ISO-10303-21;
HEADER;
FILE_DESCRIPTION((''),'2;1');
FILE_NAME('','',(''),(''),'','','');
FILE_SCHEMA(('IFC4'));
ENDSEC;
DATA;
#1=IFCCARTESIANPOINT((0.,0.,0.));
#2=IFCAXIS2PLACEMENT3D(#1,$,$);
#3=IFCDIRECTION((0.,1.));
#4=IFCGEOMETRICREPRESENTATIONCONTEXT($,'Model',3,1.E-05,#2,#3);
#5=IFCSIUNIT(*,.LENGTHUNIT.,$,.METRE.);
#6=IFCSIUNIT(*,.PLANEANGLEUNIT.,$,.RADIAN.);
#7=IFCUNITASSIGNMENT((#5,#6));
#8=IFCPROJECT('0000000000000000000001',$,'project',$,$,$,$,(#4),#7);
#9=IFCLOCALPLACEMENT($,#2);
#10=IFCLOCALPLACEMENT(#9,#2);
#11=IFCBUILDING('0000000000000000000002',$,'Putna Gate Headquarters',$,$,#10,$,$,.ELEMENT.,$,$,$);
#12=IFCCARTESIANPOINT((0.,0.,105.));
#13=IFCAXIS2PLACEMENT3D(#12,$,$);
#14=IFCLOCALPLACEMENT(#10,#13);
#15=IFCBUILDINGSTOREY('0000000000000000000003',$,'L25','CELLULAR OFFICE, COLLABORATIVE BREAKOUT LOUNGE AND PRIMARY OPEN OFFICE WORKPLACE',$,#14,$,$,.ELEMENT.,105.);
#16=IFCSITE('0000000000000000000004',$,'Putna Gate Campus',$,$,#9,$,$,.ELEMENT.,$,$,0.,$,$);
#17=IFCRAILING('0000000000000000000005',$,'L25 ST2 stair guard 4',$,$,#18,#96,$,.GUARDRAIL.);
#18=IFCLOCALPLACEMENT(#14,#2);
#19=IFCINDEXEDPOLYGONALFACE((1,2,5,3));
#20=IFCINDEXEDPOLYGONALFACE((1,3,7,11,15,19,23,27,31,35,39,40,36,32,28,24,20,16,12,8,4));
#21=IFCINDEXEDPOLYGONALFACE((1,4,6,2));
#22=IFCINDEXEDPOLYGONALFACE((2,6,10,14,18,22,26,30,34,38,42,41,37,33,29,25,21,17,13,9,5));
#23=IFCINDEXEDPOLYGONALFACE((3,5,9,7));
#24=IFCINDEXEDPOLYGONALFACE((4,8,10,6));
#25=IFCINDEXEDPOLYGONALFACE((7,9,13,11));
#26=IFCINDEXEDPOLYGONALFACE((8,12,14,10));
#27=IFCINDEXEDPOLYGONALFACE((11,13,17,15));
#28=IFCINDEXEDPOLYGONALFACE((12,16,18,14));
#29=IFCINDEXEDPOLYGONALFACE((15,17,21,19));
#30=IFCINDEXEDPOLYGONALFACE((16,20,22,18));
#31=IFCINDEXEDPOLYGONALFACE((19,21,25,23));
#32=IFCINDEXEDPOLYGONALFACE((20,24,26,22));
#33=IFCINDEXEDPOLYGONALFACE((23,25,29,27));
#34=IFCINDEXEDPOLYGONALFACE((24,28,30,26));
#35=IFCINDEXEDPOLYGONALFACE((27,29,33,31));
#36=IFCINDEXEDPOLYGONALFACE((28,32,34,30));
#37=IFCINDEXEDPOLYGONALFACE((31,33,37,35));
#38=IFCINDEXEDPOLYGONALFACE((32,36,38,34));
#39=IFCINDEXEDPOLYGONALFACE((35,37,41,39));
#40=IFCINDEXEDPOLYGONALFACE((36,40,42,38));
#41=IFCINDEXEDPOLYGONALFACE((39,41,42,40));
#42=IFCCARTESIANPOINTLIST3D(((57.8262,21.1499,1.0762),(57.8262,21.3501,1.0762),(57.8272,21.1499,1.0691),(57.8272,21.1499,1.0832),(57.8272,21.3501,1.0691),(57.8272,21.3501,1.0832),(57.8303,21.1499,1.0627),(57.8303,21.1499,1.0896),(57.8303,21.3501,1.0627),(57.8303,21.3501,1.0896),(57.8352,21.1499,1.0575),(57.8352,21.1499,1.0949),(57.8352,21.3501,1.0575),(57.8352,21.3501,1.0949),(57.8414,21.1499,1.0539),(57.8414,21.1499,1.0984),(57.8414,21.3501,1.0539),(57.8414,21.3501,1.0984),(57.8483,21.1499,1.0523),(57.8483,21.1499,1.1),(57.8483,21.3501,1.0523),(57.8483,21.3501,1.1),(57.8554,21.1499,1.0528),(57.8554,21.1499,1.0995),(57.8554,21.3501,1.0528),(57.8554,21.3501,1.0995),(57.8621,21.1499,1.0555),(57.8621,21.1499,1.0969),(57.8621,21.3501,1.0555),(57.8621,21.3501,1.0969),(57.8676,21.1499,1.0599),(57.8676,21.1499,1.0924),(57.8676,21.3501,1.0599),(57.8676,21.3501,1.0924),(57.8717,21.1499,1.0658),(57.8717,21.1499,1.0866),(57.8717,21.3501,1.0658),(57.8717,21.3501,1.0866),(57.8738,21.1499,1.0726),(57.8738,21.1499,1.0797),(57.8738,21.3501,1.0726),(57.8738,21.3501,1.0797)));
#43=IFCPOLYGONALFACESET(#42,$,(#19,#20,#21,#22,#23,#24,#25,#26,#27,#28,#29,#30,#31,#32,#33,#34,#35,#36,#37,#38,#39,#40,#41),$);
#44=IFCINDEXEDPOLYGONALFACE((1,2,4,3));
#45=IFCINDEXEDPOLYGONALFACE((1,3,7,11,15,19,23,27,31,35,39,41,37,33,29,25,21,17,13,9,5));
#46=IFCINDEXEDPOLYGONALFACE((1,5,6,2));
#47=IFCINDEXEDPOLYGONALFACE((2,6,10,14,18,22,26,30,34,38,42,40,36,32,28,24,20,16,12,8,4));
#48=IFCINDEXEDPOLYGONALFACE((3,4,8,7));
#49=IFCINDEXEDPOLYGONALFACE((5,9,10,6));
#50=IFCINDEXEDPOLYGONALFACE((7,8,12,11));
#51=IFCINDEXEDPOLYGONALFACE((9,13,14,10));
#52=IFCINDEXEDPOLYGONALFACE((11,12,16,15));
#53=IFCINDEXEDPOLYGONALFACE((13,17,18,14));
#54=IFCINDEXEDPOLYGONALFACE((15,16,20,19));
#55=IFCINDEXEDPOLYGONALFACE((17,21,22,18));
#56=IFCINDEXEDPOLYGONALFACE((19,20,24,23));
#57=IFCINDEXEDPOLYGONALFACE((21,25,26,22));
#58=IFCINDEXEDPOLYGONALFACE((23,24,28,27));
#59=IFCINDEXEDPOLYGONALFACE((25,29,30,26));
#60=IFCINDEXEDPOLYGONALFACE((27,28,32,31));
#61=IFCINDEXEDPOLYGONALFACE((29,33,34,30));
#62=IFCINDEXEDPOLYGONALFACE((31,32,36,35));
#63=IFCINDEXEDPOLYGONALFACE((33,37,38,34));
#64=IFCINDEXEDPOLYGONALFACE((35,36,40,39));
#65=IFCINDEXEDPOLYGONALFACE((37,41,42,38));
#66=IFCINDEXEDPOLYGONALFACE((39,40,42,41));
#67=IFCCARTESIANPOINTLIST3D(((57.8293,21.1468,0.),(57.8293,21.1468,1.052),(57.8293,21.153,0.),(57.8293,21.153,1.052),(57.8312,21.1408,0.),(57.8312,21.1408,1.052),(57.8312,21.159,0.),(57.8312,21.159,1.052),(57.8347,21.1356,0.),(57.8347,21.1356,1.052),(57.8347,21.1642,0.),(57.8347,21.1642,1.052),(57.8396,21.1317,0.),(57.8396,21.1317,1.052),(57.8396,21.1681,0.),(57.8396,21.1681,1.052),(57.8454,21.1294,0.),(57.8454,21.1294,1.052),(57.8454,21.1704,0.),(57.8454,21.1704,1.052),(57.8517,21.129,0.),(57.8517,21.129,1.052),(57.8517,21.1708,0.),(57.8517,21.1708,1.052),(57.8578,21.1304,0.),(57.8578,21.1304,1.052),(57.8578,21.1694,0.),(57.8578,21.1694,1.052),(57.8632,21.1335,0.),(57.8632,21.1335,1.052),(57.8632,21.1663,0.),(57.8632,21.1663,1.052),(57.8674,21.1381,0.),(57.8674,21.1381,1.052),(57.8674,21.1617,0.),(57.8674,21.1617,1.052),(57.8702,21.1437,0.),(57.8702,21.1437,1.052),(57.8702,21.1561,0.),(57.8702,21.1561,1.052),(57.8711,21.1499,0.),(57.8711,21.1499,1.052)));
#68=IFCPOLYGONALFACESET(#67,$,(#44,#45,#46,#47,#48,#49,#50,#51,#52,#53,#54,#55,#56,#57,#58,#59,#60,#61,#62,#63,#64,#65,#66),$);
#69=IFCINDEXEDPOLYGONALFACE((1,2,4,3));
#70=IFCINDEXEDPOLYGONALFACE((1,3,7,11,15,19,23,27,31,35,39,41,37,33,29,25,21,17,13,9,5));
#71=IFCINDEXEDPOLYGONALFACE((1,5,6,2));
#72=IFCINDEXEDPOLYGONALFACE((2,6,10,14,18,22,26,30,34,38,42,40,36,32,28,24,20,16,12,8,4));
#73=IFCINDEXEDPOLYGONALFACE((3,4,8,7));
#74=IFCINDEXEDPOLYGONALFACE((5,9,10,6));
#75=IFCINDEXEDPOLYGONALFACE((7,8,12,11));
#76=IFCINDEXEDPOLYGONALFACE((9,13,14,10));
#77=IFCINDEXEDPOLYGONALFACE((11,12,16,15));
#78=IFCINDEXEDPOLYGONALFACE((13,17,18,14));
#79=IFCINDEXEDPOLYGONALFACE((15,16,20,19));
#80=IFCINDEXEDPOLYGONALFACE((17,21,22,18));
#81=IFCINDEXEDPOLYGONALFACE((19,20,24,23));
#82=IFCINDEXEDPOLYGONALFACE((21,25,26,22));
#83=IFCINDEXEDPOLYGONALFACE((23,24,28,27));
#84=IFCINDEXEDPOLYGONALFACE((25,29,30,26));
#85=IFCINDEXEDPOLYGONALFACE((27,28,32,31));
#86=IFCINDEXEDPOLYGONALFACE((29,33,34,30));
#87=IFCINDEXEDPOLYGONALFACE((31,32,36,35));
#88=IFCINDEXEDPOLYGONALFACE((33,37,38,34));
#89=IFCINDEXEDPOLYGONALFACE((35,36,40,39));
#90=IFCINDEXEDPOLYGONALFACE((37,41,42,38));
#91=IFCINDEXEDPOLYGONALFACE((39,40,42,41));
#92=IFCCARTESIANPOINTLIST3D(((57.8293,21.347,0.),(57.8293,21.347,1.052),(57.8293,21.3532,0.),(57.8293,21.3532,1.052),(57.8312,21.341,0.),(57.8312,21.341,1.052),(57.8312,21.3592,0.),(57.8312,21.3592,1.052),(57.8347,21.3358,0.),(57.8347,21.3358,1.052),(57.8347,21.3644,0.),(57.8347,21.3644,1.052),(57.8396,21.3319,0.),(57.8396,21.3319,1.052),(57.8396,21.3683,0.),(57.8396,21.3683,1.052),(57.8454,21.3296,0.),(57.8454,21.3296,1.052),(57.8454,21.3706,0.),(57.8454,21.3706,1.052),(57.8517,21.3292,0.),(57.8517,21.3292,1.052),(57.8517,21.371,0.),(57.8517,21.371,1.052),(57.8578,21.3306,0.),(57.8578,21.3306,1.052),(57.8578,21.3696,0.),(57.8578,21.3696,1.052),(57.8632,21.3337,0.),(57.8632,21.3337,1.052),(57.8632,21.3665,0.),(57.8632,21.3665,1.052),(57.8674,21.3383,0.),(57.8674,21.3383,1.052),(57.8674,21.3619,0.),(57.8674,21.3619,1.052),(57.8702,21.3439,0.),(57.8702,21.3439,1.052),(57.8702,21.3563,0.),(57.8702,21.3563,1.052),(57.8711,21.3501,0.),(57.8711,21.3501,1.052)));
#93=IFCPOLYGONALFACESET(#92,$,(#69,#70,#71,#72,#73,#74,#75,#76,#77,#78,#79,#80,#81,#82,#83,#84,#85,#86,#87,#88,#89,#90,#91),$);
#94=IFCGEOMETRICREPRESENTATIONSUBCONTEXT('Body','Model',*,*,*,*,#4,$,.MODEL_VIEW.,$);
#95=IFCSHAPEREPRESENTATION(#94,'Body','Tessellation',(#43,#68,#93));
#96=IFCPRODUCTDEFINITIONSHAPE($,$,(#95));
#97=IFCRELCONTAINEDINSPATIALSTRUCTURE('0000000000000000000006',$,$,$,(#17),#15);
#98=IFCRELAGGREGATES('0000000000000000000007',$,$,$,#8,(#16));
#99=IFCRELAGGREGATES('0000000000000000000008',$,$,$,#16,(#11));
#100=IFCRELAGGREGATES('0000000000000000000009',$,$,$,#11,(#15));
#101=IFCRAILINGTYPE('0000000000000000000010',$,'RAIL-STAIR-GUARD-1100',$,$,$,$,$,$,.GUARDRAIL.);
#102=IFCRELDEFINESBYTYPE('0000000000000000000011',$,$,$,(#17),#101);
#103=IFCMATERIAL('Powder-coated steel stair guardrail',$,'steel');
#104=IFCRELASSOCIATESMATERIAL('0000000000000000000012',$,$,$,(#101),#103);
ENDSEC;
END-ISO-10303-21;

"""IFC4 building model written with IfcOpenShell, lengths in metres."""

from ifc_helpers import new_model, si_unit, direction, frame, origin, origin_2d, place, context, subcontext, project, spatial, circle, extrude, material, type_object, element, save


model = new_model("IFC4")

# Units and contexts
model_context = context("Model", 3, precision=1e-05, world=origin(), true_north=direction((0.0, 1.0)))
body_context = subcontext(model_context, "Body", "Model", "MODEL_VIEW")
ifc_project = project(units=[si_unit("LENGTHUNIT", "METRE"), si_unit("PLANEANGLEUNIT", "RADIAN")], contexts=[model_context])

# Site, building, storey
site_placement = place(None, origin())
site = spatial("IfcSite", under=ifc_project, at=site_placement, Name="Putna Gate Campus", CompositionType="ELEMENT", RefElevation=0.0)
building_placement = place(site_placement, origin())
building = spatial("IfcBuilding", under=site, at=building_placement, Name="Putna Gate Headquarters", CompositionType="ELEMENT")
storey_placement = place(building_placement, frame((0.0, 0.0, 105.0)))
storey = spatial("IfcBuildingStorey", under=building, at=storey_placement, Name="L25", Description="CELLULAR OFFICE, COLLABORATIVE BREAKOUT LOUNGE AND PRIMARY OPEN OFFICE WORKPLACE", CompositionType="ELEMENT", Elevation=105.0)

# Railing
ifc_material_1 = material(Name="Powder-coated steel stair guardrail", Category="steel")
railing_type_1 = type_object("IfcRailingType", Name="RAIL-STAIR-GUARD-1100", PredefinedType="GUARDRAIL", material=ifc_material_1)
railing_1_placement = place(storey_placement, frame((57.8501, 21.1499, 0.0)))
element("IfcRailing", 1, at=railing_1_placement, inside=storey, type_object=railing_type_1, Name="L25 ST2 stair guard 4", PredefinedType="GUARDRAIL", context=body_context, shape_type="SweptSolid", body=[
    extrude(circle(Radius=0.0239, at=origin_2d()), frame((0.0, 0.0, 1.0762), z_axis=(0.0, 1.0, 0.0), x_axis=(-1.0, 0.0, 0.0)), (0.0, 0.0, 1.0), 0.2002),
    extrude(circle(Radius=0.021, at=origin_2d()), origin(), (0.0, 0.0, 1.0), 1.052),
    extrude(circle(Radius=0.021, at=origin_2d()), frame((0.0, 0.2002, 0.0)), (0.0, 0.0, 1.0), 1.052),
])

save(model, "model.ifc")
